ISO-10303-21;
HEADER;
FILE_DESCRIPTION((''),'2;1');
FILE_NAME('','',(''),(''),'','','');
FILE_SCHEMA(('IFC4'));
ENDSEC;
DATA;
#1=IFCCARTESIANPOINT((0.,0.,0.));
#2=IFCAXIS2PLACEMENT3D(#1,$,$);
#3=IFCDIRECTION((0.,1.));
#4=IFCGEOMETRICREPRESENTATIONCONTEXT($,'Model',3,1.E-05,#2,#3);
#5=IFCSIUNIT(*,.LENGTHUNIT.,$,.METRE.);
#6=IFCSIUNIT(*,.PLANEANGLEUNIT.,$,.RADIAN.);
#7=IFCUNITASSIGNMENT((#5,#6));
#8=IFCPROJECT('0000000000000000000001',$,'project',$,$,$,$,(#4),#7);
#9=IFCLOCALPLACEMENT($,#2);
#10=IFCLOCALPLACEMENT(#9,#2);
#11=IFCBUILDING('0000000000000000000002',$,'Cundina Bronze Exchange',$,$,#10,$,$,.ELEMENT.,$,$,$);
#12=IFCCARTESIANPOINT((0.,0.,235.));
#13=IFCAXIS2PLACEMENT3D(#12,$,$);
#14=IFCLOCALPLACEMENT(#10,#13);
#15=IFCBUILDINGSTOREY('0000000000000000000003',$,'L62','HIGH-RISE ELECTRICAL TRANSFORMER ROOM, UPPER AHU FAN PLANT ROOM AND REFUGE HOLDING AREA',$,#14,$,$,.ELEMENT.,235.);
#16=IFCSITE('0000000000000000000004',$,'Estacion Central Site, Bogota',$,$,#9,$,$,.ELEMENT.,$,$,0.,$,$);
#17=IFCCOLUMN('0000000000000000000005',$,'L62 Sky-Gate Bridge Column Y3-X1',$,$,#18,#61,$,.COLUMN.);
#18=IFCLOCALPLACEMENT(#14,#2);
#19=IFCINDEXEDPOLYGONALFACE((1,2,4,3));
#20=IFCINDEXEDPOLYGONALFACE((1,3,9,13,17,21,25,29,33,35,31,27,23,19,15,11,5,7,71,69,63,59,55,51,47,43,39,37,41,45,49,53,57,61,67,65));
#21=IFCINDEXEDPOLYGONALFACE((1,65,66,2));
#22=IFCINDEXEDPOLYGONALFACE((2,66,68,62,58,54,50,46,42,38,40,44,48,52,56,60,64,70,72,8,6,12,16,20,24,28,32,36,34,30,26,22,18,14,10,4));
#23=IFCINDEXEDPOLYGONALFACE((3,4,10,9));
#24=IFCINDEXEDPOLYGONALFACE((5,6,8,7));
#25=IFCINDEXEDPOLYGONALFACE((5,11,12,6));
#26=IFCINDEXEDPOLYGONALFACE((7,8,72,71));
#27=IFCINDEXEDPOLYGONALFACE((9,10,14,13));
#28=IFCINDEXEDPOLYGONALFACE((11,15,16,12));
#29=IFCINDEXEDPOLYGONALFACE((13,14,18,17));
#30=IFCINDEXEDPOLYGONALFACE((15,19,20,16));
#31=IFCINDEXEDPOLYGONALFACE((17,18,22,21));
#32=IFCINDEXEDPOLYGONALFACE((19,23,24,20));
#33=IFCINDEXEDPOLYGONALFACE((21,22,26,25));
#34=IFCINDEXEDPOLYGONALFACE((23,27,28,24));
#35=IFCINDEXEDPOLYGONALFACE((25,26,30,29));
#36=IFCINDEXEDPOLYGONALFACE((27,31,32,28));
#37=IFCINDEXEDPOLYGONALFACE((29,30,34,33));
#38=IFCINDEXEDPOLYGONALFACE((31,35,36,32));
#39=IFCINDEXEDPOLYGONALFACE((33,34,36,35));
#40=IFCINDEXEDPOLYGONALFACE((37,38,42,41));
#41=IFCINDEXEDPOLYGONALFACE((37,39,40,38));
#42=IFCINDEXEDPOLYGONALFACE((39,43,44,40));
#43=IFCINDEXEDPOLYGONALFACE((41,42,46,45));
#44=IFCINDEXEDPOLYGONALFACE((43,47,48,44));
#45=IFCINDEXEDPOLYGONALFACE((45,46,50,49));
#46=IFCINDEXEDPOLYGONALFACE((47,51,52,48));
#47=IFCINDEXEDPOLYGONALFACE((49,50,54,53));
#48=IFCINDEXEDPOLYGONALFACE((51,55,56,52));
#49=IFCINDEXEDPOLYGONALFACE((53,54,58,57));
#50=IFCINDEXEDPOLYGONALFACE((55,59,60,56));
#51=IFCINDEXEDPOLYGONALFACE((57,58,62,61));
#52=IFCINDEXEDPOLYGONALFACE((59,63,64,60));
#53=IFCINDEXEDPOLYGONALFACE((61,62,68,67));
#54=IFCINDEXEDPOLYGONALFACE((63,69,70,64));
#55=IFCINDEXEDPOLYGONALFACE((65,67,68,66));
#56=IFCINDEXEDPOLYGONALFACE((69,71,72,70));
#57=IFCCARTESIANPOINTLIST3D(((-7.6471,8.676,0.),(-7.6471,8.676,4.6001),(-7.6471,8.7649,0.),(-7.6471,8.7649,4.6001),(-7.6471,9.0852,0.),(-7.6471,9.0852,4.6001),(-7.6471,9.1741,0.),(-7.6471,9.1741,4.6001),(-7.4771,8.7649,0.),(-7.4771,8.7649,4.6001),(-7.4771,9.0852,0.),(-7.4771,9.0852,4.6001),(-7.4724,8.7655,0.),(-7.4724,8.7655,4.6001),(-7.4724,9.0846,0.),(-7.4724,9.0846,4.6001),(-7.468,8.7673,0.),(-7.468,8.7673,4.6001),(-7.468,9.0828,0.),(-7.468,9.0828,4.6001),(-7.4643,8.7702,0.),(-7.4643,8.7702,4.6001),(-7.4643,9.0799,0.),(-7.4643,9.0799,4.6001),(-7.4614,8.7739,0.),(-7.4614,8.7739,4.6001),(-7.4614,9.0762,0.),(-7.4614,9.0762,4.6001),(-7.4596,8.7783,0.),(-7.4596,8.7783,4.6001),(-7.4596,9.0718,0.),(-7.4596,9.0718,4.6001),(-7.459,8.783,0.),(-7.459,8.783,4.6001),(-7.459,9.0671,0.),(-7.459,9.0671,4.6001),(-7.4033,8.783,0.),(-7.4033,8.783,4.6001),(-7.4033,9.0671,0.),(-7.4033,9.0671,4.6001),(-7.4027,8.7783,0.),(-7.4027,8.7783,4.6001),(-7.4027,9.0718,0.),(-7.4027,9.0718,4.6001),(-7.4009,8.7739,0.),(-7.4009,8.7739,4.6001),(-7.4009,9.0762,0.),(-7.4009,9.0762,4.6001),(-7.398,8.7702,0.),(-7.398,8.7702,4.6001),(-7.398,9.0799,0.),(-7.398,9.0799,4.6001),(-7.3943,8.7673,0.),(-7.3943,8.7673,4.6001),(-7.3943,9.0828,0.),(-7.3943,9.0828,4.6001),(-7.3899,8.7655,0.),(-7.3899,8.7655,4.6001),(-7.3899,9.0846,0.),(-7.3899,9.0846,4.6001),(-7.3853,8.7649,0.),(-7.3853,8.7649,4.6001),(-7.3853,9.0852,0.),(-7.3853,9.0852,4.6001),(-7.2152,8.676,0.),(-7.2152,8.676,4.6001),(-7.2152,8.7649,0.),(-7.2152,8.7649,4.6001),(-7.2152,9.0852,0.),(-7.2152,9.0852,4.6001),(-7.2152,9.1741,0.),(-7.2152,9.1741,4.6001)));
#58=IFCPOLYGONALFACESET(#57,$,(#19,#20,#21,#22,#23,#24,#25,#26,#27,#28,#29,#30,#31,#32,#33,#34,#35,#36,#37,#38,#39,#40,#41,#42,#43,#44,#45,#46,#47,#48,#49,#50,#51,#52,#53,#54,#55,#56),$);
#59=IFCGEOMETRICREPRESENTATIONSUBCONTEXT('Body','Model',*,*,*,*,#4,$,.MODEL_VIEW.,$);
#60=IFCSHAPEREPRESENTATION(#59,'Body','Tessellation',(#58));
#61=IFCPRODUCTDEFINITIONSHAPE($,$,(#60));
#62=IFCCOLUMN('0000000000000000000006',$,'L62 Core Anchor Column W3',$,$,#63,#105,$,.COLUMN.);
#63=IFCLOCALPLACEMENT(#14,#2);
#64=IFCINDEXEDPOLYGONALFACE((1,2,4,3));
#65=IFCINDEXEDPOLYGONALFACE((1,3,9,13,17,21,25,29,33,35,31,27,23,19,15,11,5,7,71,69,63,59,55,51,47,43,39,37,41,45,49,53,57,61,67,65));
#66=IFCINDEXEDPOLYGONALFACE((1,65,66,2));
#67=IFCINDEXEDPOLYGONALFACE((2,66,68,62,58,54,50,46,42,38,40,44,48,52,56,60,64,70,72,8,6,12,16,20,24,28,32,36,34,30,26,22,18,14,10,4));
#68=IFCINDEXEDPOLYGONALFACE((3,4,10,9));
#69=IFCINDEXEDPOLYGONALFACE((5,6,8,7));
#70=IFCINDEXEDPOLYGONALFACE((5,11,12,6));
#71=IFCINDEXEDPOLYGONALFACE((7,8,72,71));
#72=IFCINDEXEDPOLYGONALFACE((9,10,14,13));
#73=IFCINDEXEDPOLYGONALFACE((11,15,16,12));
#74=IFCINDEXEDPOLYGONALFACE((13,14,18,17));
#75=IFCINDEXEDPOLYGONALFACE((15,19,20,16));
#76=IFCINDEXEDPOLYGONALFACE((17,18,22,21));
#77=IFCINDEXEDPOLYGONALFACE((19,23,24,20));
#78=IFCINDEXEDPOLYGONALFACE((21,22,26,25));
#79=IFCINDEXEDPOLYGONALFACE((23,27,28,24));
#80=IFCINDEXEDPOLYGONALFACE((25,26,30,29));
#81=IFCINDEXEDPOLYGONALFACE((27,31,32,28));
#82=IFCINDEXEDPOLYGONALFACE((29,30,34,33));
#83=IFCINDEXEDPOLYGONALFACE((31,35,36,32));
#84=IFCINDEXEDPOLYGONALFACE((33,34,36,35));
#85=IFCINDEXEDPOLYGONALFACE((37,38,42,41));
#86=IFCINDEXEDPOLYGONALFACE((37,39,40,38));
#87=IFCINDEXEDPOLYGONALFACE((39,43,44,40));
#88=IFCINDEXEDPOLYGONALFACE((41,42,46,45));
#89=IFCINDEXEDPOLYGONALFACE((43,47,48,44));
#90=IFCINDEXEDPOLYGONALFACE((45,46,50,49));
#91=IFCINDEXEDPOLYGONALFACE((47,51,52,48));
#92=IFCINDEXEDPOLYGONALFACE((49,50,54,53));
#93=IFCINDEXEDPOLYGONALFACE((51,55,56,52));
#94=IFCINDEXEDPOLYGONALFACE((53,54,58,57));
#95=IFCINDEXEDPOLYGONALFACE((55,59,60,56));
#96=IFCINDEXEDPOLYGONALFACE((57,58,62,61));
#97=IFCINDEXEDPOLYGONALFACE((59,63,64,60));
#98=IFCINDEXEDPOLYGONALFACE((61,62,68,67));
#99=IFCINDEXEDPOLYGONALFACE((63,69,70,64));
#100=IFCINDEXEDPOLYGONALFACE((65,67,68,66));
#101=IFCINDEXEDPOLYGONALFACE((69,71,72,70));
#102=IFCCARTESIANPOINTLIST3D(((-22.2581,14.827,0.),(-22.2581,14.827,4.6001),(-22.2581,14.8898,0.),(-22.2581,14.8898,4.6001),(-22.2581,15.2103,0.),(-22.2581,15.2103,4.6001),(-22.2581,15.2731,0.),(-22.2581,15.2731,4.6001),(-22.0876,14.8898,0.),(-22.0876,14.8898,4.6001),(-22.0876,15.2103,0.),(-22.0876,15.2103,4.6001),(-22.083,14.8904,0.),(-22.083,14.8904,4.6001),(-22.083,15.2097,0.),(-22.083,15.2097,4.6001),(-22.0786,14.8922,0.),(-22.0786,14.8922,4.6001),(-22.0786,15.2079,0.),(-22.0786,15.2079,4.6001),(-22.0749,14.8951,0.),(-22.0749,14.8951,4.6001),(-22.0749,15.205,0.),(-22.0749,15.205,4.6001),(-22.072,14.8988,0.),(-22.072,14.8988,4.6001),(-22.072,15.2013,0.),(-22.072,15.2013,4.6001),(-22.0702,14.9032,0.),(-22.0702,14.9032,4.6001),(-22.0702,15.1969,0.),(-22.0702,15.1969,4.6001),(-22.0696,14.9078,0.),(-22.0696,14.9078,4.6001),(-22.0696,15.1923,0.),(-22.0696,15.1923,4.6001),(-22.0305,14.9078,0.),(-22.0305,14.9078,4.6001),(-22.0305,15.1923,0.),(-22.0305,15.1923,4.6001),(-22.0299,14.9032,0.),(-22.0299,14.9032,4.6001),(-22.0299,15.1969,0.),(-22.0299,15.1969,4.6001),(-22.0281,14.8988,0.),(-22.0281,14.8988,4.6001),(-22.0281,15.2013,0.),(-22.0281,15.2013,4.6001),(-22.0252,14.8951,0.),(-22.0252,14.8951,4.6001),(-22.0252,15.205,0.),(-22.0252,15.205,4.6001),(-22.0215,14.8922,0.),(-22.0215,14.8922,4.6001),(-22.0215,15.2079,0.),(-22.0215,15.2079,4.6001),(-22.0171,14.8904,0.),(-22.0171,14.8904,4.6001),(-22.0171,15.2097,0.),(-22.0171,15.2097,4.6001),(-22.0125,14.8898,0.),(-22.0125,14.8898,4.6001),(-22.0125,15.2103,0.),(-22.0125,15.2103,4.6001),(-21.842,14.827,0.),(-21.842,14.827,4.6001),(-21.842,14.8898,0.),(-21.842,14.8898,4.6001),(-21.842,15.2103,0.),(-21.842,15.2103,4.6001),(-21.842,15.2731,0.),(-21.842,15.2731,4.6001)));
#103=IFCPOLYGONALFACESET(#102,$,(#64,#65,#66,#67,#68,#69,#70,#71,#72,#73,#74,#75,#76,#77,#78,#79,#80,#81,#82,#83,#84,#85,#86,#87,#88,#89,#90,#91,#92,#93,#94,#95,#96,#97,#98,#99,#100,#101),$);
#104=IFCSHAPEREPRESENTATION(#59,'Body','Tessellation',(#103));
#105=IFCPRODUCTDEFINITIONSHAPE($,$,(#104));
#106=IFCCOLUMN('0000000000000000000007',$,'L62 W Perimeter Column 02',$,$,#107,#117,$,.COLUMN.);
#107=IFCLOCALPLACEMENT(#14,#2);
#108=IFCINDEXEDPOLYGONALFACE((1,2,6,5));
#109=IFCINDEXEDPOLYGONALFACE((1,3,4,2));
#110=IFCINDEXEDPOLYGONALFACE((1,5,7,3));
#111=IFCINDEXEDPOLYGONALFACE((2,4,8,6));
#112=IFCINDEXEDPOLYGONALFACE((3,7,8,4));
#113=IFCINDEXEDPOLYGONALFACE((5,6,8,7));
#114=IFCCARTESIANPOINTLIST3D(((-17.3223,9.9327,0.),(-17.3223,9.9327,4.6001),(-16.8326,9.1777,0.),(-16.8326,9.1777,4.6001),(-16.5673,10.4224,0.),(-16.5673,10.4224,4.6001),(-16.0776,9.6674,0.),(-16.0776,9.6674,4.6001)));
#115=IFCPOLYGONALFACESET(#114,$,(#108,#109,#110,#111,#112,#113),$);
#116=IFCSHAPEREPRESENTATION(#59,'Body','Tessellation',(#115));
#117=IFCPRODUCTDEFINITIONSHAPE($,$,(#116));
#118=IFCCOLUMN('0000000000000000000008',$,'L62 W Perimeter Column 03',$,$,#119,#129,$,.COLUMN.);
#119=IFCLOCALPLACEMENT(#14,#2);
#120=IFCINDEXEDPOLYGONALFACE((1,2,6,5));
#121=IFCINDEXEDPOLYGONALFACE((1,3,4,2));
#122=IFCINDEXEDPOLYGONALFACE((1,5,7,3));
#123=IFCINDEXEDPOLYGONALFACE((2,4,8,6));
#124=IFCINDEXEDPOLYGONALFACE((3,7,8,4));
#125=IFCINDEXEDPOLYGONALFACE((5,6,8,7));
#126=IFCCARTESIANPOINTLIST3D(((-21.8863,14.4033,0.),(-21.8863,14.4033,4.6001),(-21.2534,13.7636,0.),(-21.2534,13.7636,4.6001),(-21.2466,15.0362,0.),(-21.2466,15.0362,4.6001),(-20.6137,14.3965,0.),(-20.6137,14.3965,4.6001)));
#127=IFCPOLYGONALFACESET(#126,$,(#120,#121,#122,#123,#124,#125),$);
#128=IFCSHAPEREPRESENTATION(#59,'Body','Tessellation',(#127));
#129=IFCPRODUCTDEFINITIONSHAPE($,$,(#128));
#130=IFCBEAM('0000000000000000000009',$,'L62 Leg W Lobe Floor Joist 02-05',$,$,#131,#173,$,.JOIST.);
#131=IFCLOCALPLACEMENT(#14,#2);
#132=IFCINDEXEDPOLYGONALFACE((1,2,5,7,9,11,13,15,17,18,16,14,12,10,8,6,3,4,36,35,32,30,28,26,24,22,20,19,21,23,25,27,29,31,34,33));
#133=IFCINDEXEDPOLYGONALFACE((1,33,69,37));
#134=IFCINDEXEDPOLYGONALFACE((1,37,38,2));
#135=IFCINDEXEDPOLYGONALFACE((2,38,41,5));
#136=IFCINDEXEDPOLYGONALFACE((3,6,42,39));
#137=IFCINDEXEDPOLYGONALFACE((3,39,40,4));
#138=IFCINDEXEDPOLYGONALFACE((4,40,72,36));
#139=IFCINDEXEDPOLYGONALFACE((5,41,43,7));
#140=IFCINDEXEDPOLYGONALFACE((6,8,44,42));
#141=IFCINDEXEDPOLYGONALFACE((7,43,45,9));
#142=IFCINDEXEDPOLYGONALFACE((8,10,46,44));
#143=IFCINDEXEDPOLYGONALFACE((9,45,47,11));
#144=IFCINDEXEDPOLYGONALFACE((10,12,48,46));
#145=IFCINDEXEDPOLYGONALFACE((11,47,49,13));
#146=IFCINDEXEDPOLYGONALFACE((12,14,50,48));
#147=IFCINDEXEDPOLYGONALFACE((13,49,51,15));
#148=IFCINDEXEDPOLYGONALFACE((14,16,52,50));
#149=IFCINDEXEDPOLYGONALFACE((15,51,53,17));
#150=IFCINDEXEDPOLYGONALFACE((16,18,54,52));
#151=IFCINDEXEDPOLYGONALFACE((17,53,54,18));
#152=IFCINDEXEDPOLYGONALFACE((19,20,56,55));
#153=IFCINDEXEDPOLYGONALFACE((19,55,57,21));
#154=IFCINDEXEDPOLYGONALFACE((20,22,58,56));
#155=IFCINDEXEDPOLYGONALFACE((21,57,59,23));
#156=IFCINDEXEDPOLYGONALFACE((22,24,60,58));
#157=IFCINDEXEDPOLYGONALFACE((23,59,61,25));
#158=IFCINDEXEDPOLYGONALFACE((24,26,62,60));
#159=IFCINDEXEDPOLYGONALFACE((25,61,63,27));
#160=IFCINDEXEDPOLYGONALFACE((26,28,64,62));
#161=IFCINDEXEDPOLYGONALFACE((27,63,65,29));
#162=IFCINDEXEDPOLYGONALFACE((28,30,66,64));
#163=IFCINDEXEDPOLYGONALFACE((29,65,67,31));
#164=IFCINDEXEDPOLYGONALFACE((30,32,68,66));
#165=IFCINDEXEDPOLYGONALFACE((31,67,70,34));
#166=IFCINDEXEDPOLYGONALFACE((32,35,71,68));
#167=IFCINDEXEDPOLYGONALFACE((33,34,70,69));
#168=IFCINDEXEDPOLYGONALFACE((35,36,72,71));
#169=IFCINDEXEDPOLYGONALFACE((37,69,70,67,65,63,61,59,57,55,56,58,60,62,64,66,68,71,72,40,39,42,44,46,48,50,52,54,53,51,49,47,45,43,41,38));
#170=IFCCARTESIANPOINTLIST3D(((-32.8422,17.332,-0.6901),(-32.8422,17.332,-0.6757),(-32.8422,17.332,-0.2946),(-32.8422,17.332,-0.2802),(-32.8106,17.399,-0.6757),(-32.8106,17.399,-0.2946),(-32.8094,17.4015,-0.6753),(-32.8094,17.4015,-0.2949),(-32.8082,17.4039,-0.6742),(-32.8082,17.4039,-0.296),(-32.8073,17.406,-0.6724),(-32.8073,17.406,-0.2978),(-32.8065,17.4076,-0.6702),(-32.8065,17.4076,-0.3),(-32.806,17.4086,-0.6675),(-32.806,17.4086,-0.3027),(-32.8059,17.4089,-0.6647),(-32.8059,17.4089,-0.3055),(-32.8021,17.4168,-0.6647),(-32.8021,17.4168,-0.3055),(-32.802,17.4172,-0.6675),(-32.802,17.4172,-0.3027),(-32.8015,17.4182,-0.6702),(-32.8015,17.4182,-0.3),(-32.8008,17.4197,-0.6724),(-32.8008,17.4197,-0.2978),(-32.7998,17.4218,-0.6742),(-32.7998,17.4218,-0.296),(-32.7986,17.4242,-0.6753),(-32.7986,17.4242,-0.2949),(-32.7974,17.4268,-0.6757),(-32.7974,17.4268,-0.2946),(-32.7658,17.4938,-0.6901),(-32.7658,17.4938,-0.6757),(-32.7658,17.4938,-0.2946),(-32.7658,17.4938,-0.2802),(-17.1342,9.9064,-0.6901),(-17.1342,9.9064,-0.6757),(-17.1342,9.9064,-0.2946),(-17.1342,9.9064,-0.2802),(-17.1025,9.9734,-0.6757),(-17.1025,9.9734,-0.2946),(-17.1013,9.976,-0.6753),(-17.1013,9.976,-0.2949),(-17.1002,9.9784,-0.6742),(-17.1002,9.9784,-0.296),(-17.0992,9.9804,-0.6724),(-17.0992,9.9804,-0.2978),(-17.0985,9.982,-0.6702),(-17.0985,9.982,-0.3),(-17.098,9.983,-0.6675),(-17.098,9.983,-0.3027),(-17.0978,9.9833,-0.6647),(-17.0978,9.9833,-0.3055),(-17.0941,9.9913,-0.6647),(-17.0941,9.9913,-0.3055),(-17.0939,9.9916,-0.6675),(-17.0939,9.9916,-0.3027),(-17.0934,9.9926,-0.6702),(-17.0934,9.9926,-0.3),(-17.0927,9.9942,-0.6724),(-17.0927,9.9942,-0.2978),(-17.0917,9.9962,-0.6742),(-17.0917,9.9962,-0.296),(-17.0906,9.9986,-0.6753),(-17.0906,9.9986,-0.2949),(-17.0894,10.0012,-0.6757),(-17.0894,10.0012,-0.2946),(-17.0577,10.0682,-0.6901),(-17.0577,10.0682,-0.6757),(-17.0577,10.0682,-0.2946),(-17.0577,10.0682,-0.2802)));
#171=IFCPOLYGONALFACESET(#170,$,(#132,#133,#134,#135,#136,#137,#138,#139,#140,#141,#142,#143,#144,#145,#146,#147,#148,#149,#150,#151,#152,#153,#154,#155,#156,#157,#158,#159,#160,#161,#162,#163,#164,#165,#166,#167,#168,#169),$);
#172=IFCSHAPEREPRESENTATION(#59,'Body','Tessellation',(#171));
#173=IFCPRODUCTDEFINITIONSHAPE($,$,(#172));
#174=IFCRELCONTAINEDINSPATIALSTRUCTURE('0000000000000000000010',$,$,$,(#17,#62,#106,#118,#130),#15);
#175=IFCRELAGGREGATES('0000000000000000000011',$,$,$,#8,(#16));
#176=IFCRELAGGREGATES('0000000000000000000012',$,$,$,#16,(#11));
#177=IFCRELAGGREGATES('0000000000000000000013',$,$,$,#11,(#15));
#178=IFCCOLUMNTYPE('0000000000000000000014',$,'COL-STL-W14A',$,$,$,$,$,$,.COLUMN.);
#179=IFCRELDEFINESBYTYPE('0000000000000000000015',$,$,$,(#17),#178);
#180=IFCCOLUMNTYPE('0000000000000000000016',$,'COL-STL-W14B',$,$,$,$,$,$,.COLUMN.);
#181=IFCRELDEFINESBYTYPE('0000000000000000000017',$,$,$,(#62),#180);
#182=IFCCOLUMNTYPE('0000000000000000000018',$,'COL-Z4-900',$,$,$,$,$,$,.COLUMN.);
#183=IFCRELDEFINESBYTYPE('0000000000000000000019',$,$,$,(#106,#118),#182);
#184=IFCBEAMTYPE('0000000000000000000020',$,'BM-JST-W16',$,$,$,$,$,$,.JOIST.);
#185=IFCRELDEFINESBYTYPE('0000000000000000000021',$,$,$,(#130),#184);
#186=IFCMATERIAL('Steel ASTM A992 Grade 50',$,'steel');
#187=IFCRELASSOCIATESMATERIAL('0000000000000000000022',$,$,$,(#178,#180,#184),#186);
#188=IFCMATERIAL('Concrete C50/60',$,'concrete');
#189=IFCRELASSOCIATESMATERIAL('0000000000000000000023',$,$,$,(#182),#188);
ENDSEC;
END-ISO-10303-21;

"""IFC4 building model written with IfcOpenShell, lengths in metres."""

from ifc_helpers import new_model, si_unit, direction, frame, origin, origin_2d, place, context, subcontext, project, spatial, rectangle, i_section, extrude, material, material_profile, profile_set, type_object, element, save


model = new_model("IFC4")

# Units and contexts
model_context = context("Model", 3, precision=1e-05, world=origin(), true_north=direction((0.0, 1.0)))
body_context = subcontext(model_context, "Body", "Model", "MODEL_VIEW")
ifc_project = project(units=[si_unit("LENGTHUNIT", "METRE"), si_unit("PLANEANGLEUNIT", "RADIAN")], contexts=[model_context])

# Site, building, storey
site_placement = place(None, origin())
site = spatial("IfcSite", under=ifc_project, at=site_placement, Name="Estacion Central Site, Bogota", CompositionType="ELEMENT", RefElevation=0.0)
building_placement = place(site_placement, origin())
building = spatial("IfcBuilding", under=site, at=building_placement, Name="Cundina Bronze Exchange", CompositionType="ELEMENT")
storey_placement = place(building_placement, frame((0.0, 0.0, 235.0)))
storey = spatial("IfcBuildingStorey", under=building, at=storey_placement, Name="L62", Description="HIGH-RISE ELECTRICAL TRANSFORMER ROOM, UPPER AHU FAN PLANT ROOM AND REFUGE HOLDING AREA", CompositionType="ELEMENT", Elevation=235.0)

# Columns
ifc_material_1 = material(Name="Steel ASTM A992 Grade 50", Category="steel")
ifc_material_profile_1 = material_profile(ifc_material_1, i_section(OverallWidth=0.4319, OverallDepth=0.498, WebThickness=0.0557, FlangeThickness=0.0889, FilletRadius=0.0181, at=origin_2d()), Name="W14X500", Category="steel")
ifc_profile_set_1 = profile_set([ifc_material_profile_1], Name="Steel ASTM A992 Grade 50")
column_type_1 = type_object("IfcColumnType", Name="COL-STL-W14A", PredefinedType="COLUMN", material=ifc_profile_set_1)
column_1_placement = place(storey_placement, frame((-7.4312, 8.925, 0.0), z_axis=(0.0, 0.0, 1.0), x_axis=(1.0, 0.0, 0.0)))
element("IfcColumn", 1, at=column_1_placement, inside=storey, type_object=column_type_1, Name="L62 Sky-Gate Bridge Column Y3-X1", PredefinedType="COLUMN", context=body_context, shape_type="SweptSolid", body=[
    extrude(i_section(OverallWidth=0.4319, OverallDepth=0.498, WebThickness=0.0557, FlangeThickness=0.0889, FilletRadius=0.0181, at=origin_2d()), origin(), (0.0, 0.0, 1.0), 4.6001),
])
ifc_material_profile_2 = material_profile(ifc_material_1, i_section(OverallWidth=0.416, OverallDepth=0.446, WebThickness=0.0391, FlangeThickness=0.0627, FilletRadius=0.0181, at=origin_2d()), Name="W14X342", Category="steel")
ifc_profile_set_2 = profile_set([ifc_material_profile_2], Name="Steel ASTM A992 Grade 50")
column_type_2 = type_object("IfcColumnType", Name="COL-STL-W14B", PredefinedType="COLUMN", material=ifc_profile_set_2)
column_2_placement = place(storey_placement, frame((-22.05, 15.05, 0.0), z_axis=(0.0, 0.0, 1.0), x_axis=(1.0, 0.0, 0.0)))
element("IfcColumn", 2, at=column_2_placement, inside=storey, type_object=column_type_2, Name="L62 Core Anchor Column W3", PredefinedType="COLUMN", context=body_context, shape_type="SweptSolid", body=[
    extrude(i_section(OverallWidth=0.416, OverallDepth=0.446, WebThickness=0.0391, FlangeThickness=0.0627, FilletRadius=0.0181, at=origin_2d()), origin(), (0.0, 0.0, 1.0), 4.6001),
])
ifc_material_2 = material(Name="Concrete C50/60", Category="concrete")
ifc_material_profile_3 = material_profile(ifc_material_2, rectangle(XDim=0.8999, YDim=0.8999, at=origin_2d()), Name="RC900X900", Category="concrete")
ifc_profile_set_3 = profile_set([ifc_material_profile_3], Name="Concrete C50/60")
column_type_3 = type_object("IfcColumnType", Name="COL-Z4-900", PredefinedType="COLUMN", material=ifc_profile_set_3)
for number, where, z_axis, x_axis, name in (
    (3, (-16.7, 9.8, 0.0), (0.0, 0.0, 1.0), (-0.5442, 0.838956, 0.0), "L62 W Perimeter Column 02"),
    (4, (-21.25, 14.3999, 0.0), (0.0, 0.0, 1.0), (-0.703271, 0.710922, 0.0), "L62 W Perimeter Column 03"),
):
    element("IfcColumn", number, at=place(storey_placement, frame(where, z_axis=z_axis, x_axis=x_axis)), inside=storey, type_object=column_type_3, Name=name, PredefinedType="COLUMN", context=body_context, shape_type="SweptSolid", body=[
        extrude(rectangle(XDim=0.8999, YDim=0.8999, at=origin_2d()), origin(), (0.0, 0.0, 1.0), 4.6001),
    ])

# Beam
ifc_material_profile_4 = material_profile(ifc_material_1, i_section(OverallWidth=0.179, OverallDepth=0.4099, WebThickness=0.0088, FlangeThickness=0.0144, FilletRadius=0.011, at=origin_2d()), Name="W16X45", Category="steel")
ifc_profile_set_4 = profile_set([ifc_material_profile_4], Name="Steel ASTM A992 Grade 50")
beam_type_1 = type_object("IfcBeamType", Name="BM-JST-W16", PredefinedType="JOIST", material=ifc_profile_set_4)
beam_1_placement = place(storey_placement, frame((-17.0959, 9.9873, -0.4851), z_axis=(-0.904074, 0.427376, 0.0), x_axis=(-0.427376, -0.904074, 0.0)))
element("IfcBeam", 5, at=beam_1_placement, inside=storey, type_object=beam_type_1, Name="L62 Leg W Lobe Floor Joist 02-05", PredefinedType="JOIST", context=body_context, shape_type="SweptSolid", body=[
    extrude(i_section(OverallWidth=0.179, OverallDepth=0.4099, WebThickness=0.0088, FlangeThickness=0.0144, FilletRadius=0.011, at=origin_2d()), origin(), (0.0, 0.0, 1.0), 17.3748),
])

save(model, "model.ifc")
